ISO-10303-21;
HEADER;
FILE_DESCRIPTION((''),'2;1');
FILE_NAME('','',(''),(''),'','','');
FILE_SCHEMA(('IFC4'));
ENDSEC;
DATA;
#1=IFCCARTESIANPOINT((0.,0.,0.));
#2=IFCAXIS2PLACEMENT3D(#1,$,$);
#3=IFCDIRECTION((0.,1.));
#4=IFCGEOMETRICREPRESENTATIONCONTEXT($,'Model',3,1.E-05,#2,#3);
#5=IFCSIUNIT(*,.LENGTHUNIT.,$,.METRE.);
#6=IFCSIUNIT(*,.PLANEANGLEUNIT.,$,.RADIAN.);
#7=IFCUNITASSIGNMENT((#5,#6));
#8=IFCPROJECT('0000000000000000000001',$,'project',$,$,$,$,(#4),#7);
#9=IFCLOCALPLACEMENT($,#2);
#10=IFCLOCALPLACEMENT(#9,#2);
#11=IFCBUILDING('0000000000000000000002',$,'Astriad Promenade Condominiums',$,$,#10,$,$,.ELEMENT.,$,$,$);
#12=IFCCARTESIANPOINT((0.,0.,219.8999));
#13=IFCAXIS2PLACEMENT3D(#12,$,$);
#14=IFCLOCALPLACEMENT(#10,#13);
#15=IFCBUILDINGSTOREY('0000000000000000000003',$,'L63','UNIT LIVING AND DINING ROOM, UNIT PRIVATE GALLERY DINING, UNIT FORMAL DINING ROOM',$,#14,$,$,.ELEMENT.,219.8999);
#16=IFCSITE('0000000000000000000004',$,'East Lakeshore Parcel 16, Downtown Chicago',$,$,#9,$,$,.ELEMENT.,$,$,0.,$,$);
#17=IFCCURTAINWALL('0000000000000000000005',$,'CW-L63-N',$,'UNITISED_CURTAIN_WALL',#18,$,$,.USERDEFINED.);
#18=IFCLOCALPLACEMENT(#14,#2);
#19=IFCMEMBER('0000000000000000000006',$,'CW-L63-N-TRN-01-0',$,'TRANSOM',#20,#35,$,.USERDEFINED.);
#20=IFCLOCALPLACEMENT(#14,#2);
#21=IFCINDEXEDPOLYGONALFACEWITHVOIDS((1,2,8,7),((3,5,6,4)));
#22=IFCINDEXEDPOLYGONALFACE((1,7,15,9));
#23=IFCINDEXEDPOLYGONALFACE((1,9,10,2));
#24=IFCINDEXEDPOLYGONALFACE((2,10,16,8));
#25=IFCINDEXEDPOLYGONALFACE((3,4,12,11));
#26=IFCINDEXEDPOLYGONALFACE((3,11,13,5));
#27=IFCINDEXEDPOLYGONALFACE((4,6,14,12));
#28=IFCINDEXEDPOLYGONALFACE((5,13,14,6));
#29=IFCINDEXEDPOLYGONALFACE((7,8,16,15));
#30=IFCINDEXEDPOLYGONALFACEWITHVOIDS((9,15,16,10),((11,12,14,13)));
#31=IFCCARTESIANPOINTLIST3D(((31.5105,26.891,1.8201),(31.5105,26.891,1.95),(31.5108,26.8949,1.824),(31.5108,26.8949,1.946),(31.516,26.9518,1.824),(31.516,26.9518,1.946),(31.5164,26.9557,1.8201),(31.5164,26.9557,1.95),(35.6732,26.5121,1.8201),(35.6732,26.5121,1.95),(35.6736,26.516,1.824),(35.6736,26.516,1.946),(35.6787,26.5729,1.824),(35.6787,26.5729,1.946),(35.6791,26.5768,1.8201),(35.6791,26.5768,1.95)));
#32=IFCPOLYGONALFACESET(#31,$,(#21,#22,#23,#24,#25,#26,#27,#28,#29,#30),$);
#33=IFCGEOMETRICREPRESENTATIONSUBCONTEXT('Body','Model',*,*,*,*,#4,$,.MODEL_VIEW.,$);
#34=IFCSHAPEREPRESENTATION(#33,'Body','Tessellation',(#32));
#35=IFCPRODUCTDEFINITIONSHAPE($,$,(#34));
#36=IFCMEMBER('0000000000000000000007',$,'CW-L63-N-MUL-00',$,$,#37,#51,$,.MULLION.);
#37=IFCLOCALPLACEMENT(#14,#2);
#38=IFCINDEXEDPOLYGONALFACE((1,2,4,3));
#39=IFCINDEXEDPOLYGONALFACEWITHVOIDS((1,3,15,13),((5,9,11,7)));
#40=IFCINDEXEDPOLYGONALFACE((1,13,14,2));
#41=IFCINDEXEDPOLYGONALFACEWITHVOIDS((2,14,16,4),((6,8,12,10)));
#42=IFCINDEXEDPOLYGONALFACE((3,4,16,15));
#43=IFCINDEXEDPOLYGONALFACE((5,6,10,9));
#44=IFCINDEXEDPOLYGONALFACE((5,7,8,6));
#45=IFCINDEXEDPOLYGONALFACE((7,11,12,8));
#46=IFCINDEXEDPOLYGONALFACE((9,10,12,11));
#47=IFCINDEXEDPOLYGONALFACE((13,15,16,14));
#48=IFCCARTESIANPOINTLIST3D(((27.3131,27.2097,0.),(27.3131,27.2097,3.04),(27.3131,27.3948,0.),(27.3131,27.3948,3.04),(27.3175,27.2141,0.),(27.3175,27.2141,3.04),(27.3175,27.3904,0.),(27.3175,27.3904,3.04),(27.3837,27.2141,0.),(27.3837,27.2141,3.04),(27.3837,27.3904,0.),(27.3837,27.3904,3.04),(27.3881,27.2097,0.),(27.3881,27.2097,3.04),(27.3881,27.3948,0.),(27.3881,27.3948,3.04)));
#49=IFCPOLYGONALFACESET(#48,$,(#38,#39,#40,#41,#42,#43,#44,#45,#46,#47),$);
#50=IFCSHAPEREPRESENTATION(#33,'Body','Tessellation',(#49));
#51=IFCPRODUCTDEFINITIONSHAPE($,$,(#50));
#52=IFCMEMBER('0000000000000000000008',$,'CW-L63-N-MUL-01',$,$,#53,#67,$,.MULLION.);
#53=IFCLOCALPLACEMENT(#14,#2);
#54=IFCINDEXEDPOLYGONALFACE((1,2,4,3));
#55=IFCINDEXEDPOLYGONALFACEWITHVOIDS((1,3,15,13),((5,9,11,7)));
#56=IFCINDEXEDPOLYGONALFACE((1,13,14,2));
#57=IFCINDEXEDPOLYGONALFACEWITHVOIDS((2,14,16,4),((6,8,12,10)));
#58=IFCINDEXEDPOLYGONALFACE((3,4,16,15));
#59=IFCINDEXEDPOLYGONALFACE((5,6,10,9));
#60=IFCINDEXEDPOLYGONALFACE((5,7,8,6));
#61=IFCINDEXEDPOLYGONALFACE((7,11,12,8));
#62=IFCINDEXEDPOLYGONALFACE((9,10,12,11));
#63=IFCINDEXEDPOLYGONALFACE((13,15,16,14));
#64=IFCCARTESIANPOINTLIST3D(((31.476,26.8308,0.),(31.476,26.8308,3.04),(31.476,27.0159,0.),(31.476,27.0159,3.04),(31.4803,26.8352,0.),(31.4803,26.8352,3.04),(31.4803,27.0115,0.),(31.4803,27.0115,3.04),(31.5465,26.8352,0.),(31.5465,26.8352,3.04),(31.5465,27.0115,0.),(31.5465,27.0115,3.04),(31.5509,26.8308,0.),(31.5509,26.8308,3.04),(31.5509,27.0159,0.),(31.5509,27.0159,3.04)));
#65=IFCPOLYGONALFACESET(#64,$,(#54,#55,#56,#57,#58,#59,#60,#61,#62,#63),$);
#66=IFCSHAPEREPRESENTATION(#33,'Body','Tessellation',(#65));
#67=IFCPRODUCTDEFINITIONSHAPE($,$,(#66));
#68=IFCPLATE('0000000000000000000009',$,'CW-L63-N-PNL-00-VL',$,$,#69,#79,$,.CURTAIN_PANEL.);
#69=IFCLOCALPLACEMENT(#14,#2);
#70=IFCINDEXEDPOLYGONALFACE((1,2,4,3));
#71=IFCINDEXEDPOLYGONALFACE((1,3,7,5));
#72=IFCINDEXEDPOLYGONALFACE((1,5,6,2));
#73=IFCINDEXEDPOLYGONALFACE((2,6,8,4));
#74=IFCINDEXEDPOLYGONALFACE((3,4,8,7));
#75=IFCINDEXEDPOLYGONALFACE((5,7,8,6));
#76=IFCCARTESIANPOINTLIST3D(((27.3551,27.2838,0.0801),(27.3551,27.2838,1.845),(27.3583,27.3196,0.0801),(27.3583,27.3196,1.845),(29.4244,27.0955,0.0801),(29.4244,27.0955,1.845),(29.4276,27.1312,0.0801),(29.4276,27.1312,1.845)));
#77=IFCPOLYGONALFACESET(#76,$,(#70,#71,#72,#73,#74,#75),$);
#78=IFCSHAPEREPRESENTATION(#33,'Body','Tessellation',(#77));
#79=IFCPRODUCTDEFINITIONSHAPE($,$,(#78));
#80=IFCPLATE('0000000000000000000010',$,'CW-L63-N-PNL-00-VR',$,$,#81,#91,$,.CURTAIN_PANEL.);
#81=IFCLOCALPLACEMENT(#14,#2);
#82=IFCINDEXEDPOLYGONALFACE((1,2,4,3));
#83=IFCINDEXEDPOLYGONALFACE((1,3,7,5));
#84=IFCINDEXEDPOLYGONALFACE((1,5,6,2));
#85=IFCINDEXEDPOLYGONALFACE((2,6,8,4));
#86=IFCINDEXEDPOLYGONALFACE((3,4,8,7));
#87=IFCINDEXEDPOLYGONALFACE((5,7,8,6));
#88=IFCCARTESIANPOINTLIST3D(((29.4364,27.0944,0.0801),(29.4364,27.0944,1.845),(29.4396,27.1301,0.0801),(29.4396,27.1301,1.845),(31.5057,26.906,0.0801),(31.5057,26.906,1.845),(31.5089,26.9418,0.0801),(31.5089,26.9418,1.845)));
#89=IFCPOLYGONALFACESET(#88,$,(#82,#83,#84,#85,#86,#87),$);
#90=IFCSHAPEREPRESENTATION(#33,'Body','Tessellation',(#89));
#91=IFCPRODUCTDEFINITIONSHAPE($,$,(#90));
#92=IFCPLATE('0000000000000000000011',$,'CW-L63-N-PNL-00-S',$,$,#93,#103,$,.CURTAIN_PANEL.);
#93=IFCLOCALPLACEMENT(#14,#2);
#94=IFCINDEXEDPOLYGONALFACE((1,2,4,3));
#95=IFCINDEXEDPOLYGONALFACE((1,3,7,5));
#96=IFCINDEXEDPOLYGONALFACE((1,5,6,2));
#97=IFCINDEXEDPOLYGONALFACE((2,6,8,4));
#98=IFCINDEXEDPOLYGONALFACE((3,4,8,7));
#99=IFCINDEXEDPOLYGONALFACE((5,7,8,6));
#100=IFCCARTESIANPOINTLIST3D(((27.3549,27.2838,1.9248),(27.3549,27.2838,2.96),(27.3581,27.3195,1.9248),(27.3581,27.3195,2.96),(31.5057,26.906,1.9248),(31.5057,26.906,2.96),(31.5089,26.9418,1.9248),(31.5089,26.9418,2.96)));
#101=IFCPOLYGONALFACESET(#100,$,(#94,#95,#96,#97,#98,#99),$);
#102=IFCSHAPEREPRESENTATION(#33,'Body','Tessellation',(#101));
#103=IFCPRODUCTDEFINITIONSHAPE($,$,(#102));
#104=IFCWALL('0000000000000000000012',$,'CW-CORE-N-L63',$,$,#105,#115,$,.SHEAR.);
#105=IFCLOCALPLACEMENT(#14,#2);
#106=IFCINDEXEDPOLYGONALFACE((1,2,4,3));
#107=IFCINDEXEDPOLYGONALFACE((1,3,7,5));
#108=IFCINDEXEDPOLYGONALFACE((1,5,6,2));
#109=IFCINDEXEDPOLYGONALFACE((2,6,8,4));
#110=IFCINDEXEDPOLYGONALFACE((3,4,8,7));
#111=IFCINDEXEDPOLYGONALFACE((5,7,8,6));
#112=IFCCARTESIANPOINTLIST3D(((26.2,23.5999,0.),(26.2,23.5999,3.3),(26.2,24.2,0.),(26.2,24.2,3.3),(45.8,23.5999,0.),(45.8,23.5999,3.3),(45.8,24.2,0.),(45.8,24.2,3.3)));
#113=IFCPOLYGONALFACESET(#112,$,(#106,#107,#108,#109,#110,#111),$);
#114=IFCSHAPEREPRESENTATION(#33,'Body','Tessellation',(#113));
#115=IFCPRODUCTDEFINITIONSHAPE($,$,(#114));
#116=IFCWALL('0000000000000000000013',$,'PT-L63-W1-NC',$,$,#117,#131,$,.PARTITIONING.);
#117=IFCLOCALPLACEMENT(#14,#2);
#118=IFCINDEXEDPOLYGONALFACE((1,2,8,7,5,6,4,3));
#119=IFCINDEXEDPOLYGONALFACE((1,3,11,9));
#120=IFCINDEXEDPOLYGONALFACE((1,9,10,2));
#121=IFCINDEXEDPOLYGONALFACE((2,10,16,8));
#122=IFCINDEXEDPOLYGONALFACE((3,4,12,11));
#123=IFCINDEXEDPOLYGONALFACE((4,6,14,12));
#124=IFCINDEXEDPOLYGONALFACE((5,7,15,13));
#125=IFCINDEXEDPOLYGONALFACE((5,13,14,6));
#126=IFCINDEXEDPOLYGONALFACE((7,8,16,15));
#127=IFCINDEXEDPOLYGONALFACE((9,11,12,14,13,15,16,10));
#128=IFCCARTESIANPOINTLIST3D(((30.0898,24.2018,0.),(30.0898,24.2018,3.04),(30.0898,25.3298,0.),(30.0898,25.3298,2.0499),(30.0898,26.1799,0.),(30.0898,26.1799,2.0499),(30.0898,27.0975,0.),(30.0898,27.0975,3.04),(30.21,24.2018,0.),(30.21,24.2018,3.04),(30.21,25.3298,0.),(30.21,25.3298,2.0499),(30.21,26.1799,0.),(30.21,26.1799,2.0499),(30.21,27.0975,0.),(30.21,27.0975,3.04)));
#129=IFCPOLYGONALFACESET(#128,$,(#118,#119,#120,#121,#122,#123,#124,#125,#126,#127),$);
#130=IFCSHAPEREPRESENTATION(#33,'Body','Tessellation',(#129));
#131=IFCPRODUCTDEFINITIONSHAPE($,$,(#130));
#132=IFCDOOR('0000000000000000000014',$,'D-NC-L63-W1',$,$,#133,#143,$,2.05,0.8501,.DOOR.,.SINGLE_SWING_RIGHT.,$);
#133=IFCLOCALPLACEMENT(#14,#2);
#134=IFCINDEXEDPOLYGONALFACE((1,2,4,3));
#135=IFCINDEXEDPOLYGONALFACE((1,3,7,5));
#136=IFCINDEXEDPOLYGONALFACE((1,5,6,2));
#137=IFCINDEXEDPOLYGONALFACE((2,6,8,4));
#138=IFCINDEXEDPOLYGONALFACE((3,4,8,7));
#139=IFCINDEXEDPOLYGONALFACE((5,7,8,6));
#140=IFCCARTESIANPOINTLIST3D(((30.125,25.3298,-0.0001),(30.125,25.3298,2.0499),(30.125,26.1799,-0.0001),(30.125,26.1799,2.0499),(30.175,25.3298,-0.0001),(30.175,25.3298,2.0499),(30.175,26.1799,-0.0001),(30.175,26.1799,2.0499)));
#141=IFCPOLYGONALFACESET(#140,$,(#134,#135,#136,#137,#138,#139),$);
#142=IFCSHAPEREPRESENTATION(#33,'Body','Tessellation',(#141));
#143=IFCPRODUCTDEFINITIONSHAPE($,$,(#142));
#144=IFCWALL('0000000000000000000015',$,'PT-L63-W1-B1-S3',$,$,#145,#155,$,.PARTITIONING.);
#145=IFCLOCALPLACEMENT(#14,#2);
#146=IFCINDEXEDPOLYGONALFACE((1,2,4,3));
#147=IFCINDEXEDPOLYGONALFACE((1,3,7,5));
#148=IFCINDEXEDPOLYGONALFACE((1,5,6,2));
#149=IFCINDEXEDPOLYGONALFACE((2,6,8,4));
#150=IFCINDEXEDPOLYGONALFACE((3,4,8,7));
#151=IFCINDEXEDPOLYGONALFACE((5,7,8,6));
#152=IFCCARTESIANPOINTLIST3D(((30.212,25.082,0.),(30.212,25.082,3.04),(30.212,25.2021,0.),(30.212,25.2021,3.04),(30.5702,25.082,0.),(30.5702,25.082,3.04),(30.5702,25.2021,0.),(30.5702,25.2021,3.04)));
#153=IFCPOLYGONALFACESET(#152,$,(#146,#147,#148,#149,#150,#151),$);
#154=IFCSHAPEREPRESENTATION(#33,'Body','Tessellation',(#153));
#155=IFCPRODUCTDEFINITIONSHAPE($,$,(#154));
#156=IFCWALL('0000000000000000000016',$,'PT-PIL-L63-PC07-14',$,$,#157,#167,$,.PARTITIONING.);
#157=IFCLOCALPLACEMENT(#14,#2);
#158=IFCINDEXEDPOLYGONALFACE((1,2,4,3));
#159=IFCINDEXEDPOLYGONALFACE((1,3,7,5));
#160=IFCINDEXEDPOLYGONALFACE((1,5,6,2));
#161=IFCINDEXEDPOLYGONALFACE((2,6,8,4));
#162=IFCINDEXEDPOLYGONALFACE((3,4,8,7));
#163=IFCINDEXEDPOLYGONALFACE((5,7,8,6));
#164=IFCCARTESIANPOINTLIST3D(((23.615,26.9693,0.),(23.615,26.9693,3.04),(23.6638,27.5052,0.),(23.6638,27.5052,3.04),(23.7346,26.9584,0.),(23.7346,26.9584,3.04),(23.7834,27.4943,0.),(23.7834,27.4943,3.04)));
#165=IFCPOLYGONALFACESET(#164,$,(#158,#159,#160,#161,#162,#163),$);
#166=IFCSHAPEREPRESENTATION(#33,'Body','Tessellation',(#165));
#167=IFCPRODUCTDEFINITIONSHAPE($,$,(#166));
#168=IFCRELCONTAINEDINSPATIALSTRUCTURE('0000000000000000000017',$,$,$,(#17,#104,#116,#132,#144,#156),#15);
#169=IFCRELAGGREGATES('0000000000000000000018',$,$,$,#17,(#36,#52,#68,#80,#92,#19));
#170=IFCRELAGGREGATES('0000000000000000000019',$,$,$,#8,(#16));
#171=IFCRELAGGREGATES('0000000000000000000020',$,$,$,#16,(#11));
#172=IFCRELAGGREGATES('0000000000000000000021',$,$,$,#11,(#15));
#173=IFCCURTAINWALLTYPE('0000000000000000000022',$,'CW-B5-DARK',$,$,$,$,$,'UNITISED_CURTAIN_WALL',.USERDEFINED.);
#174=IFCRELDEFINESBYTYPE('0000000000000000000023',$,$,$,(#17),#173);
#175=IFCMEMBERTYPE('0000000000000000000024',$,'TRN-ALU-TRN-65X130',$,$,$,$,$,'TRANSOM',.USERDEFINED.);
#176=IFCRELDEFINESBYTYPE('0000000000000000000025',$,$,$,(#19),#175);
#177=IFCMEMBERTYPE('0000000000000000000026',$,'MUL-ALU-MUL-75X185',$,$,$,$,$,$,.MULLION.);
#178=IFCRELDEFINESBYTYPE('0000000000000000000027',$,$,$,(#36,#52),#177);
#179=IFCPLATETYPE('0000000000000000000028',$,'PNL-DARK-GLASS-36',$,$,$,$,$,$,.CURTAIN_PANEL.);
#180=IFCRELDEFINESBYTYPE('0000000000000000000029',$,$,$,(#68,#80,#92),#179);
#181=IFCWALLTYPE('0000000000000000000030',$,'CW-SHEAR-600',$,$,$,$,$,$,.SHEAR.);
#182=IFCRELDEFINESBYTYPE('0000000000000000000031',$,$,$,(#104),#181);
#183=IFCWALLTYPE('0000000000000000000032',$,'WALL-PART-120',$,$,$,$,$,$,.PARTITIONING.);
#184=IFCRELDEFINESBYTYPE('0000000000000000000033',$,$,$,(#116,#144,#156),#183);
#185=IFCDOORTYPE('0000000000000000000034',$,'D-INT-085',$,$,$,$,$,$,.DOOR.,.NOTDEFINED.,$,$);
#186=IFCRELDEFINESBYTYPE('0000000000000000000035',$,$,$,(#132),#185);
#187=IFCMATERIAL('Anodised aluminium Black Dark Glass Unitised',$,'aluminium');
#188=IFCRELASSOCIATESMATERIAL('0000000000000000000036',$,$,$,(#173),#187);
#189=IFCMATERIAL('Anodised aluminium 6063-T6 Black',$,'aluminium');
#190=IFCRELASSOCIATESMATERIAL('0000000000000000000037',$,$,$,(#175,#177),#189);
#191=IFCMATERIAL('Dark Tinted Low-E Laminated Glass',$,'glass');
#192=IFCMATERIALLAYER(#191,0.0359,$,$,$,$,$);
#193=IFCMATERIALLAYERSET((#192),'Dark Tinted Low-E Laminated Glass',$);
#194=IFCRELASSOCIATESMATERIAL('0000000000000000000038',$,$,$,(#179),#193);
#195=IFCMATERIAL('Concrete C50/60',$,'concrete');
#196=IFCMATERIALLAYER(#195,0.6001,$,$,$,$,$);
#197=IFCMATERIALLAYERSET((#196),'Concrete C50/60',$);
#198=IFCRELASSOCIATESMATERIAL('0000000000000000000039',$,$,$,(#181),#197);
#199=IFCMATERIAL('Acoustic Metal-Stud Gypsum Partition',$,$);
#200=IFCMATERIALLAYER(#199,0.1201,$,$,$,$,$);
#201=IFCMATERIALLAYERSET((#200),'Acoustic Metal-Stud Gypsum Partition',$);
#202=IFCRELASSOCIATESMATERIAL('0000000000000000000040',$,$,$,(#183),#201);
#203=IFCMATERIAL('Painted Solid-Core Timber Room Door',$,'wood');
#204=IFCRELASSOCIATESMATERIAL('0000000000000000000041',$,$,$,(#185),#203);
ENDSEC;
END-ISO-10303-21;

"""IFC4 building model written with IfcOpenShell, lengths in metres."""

from ifc_helpers import new_model, si_unit, direction, frame, frame_2d, origin, origin_2d, place, context, subcontext, project, spatial, rectangle, hollow_rectangle, extrude, source, transform, mapped, material, layer, layer_set, material_profile, profile_set, type_object, type_shapes, element, fill, aggregate, save


model = new_model("IFC4")

# Units and contexts
model_context = context("Model", 3, precision=1e-05, world=origin(), true_north=direction((0.0, 1.0)))
body_context = subcontext(model_context, "Body", "Model", "MODEL_VIEW")
ifc_project = project(units=[si_unit("LENGTHUNIT", "METRE"), si_unit("PLANEANGLEUNIT", "RADIAN")], contexts=[model_context])

# Site, building, storey
site_placement = place(None, origin())
site = spatial("IfcSite", under=ifc_project, at=site_placement, Name="East Lakeshore Parcel 16, Downtown Chicago", CompositionType="ELEMENT", RefElevation=0.0)
building_placement = place(site_placement, origin())
building = spatial("IfcBuilding", under=site, at=building_placement, Name="Astriad Promenade Condominiums", CompositionType="ELEMENT")
storey_placement = place(building_placement, frame((0.0, 0.0, 219.8999)))
storey = spatial("IfcBuildingStorey", under=building, at=storey_placement, Name="L63", Description="UNIT LIVING AND DINING ROOM, UNIT PRIVATE GALLERY DINING, UNIT FORMAL DINING ROOM", CompositionType="ELEMENT", Elevation=219.8999)

# Shared definitions
ifc_material_1 = material(Name="Concrete C50/60", Category="concrete")

# Curtain wall, members, plates
ifc_material_2 = material(Name="Anodised aluminium Black Dark Glass Unitised", Category="aluminium")
curtain_wall_type = type_object("IfcCurtainWallType", Name="CW-B5-DARK", ElementType="UNITISED_CURTAIN_WALL", PredefinedType="USERDEFINED", material=ifc_material_2)
curtain_wall_placement = place(storey_placement, origin())
curtain_wall = element("IfcCurtainWall", 1, at=curtain_wall_placement, inside=storey, type_object=curtain_wall_type, Name="CW-L63-N", ObjectType="UNITISED_CURTAIN_WALL", PredefinedType="USERDEFINED")
ifc_material_3 = material(Name="Anodised aluminium 6063-T6 Black", Category="aluminium")
ifc_material_profile_1 = material_profile(ifc_material_3, hollow_rectangle(XDim=0.0649, YDim=0.1299, WallThickness=0.0039, at=origin_2d()), Name="ALU-TRN-65X130")
ifc_profile_set_1 = profile_set([ifc_material_profile_1], Name="Anodised aluminium 6063-T6 Black")
member_type_1 = type_object("IfcMemberType", Name="TRN-ALU-TRN-65X130", ElementType="TRANSOM", PredefinedType="USERDEFINED", material=ifc_profile_set_1)
shared_shape_1 = source(origin(), body_context, "Body", "SweptSolid", [
    extrude(hollow_rectangle(XDim=0.0649, YDim=0.1299, WallThickness=0.0039, at=origin_2d()), origin(), (0.0, 0.0, 1.0), 4.1799),
])
type_shapes(member_type_1, [shared_shape_1])
member_1_placement = place(storey_placement, frame((31.5134, 26.9233, 1.885), z_axis=(0.995883, -0.090646, 0.0), x_axis=(0.090646, 0.995883, 0.0)))
member_1 = element("IfcMember", 2, at=member_1_placement, type_object=member_type_1, Name="CW-L63-N-TRN-01-0", ObjectType="TRANSOM", PredefinedType="USERDEFINED", context=body_context, shape_type="MappedRepresentation", body=[
    mapped(shared_shape_1, transform((0.0, 0.0, 0.0), scale=1.0)),
])
ifc_material_profile_2 = material_profile(ifc_material_3, hollow_rectangle(XDim=0.075, YDim=0.1851, WallThickness=0.0044, at=origin_2d()), Name="ALU-MUL-75X185")
ifc_profile_set_2 = profile_set([ifc_material_profile_2], Name="Anodised aluminium 6063-T6 Black")
member_type_2 = type_object("IfcMemberType", Name="MUL-ALU-MUL-75X185", PredefinedType="MULLION", material=ifc_profile_set_2)
shared_shape_2 = source(origin(), body_context, "Body", "SweptSolid", [
    extrude(hollow_rectangle(XDim=0.075, YDim=0.1851, WallThickness=0.0044, at=origin_2d()), origin(), (0.0, 0.0, 1.0), 3.04),
])
type_shapes(member_type_2, [shared_shape_2])
member_2_placement = place(storey_placement, frame((27.3506, 27.3022, 0.0), z_axis=(0.0, 0.0, 1.0), x_axis=(1.0, 0.0, 0.0)))
member_2 = element("IfcMember", 3, at=member_2_placement, type_object=member_type_2, Name="CW-L63-N-MUL-00", PredefinedType="MULLION", context=body_context, shape_type="MappedRepresentation", body=[
    mapped(shared_shape_2, transform((0.0, 0.0, 0.0), scale=1.0)),
])
member_3_placement = place(storey_placement, frame((31.5134, 26.9233, 0.0), z_axis=(0.0, 0.0, 1.0), x_axis=(1.0, 0.0, 0.0)))
member_3 = element("IfcMember", 4, at=member_3_placement, type_object=member_type_2, Name="CW-L63-N-MUL-01", PredefinedType="MULLION", context=body_context, shape_type="MappedRepresentation", body=[
    mapped(shared_shape_2, transform((0.0, 0.0, 0.0), scale=1.0)),
])
ifc_material_4 = material(Name="Dark Tinted Low-E Laminated Glass", Category="glass")
ifc_layer_1 = layer(ifc_material_4, 0.0359)
ifc_layer_set_1 = layer_set([ifc_layer_1], Name="Dark Tinted Low-E Laminated Glass")
plate_type = type_object("IfcPlateType", Name="PNL-DARK-GLASS-36", PredefinedType="CURTAIN_PANEL", material=ifc_layer_set_1)
shared_shape_3 = source(origin(), body_context, "Body", "SweptSolid", [
    extrude(rectangle(XDim=2.0779, YDim=0.0359, at=origin_2d()), origin(), (0.0, 0.0, 1.0), 1.7649),
])
plate_1_placement = place(storey_placement, frame((28.3914, 27.2075, 0.0801), z_axis=(0.0, 0.0, 1.0), x_axis=(0.995884, -0.090633, 0.0)))
plate_1 = element("IfcPlate", 5, at=plate_1_placement, type_object=plate_type, Name="CW-L63-N-PNL-00-VL", PredefinedType="CURTAIN_PANEL", context=body_context, shape_type="MappedRepresentation", body=[
    mapped(shared_shape_3, transform((0.0, 0.0, 0.0), scale=1.0)),
])
plate_2_placement = place(storey_placement, frame((30.4727, 27.0181, 0.0801), z_axis=(0.0, 0.0, 1.0), x_axis=(0.995884, -0.090633, 0.0)))
plate_2 = element("IfcPlate", 6, at=plate_2_placement, type_object=plate_type, Name="CW-L63-N-PNL-00-VR", PredefinedType="CURTAIN_PANEL", context=body_context, shape_type="MappedRepresentation", body=[
    mapped(shared_shape_3, transform((0.0, 0.0, 0.0), scale=1.0)),
])
shared_shape_4 = source(origin(), body_context, "Body", "SweptSolid", [
    extrude(rectangle(XDim=4.168, YDim=0.0359, at=origin_2d()), origin(), (0.0, 0.0, 1.0), 1.0352),
])
type_shapes(plate_type, [shared_shape_3, shared_shape_4])
plate_3_placement = place(storey_placement, frame((29.4319, 27.1128, 1.9248), z_axis=(0.0, 0.0, 1.0), x_axis=(0.995884, -0.090633, 0.0)))
plate_3 = element("IfcPlate", 7, at=plate_3_placement, type_object=plate_type, Name="CW-L63-N-PNL-00-S", PredefinedType="CURTAIN_PANEL", context=body_context, shape_type="MappedRepresentation", body=[
    mapped(shared_shape_4, transform((0.0, 0.0, 0.0), scale=1.0)),
])
aggregate(curtain_wall, [member_2, member_3, plate_1, plate_2, plate_3, member_1])

# Wall
ifc_layer_2 = layer(ifc_material_1, 0.6001)
ifc_layer_set_2 = layer_set([ifc_layer_2], Name="Concrete C50/60")
wall_type_1 = type_object("IfcWallType", Name="CW-SHEAR-600", PredefinedType="SHEAR", material=ifc_layer_set_2)
wall_1_placement = place(storey_placement, frame((26.2, 23.8999, 0.0), z_axis=(0.0, 0.0, 1.0), x_axis=(1.0, 0.0, 0.0)))
element("IfcWall", 8, at=wall_1_placement, inside=storey, type_object=wall_type_1, Name="CW-CORE-N-L63", PredefinedType="SHEAR", context=body_context, shape_type="SweptSolid", body=[
    extrude(rectangle(XDim=19.6001, YDim=0.6001, at=frame_2d((9.8, 0.0))), origin(), (0.0, 0.0, 1.0), 3.3),
])

# Wall, opening, door
ifc_material_5 = material(Name="Acoustic Metal-Stud Gypsum Partition")
ifc_layer_3 = layer(ifc_material_5, 0.1201)
ifc_layer_set_3 = layer_set([ifc_layer_3], Name="Acoustic Metal-Stud Gypsum Partition")
wall_type_2 = type_object("IfcWallType", Name="WALL-PART-120", PredefinedType="PARTITIONING", material=ifc_layer_set_3)
wall_2_placement = place(storey_placement, frame((30.1499, 24.2019, 0.0), z_axis=(0.0, 0.0, 1.0), x_axis=(0.0, 1.0, 0.0)))
wall_2 = element("IfcWall", 9, at=wall_2_placement, inside=storey, type_object=wall_type_2, Name="PT-L63-W1-NC", PredefinedType="PARTITIONING", context=body_context, shape_type="SweptSolid", body=[
    extrude(rectangle(XDim=2.8958, YDim=0.1201, at=frame_2d((1.4478, 0.0))), origin(), (0.0, 0.0, 1.0), 3.04),
])
opening_placement = place(wall_2_placement, frame((1.1279, 0.0, 0.0)))
opening = element("IfcOpeningElement", 10, at=opening_placement, cuts=wall_2, PredefinedType="OPENING", context=body_context, shape_type="SweptSolid", body=[
    extrude(rectangle(XDim=0.8501, YDim=2.05, at=frame_2d((0.425, 1.0249))), frame((0.0, 0.0701, 0.0), z_axis=(0.0, -1.0, 0.0), x_axis=(1.0, 0.0, 0.0)), (0.0, 0.0, 1.0), 0.1401),
])
ifc_material_6 = material(Name="Painted Solid-Core Timber Room Door", Category="wood")
door_type = type_object("IfcDoorType", Name="D-INT-085", OperationType="NOTDEFINED", PredefinedType="DOOR", material=ifc_material_6)
shared_shape_5 = source(origin(), body_context, "Body", "SweptSolid", [
    extrude(rectangle(XDim=0.8501, YDim=2.05, at=frame_2d((0.425, 1.0249))), frame((0.0, 0.0249, 0.0), z_axis=(0.0, -1.0, 0.0), x_axis=(1.0, 0.0, 0.0)), (0.0, 0.0, 1.0), 0.05),
])
type_shapes(door_type, [shared_shape_5])
door_placement = place(opening_placement, origin())
door = element("IfcDoor", 11, at=door_placement, inside=storey, type_object=door_type, Name="D-NC-L63-W1", OperationType="SINGLE_SWING_RIGHT", OverallHeight=2.05, OverallWidth=0.8501, PredefinedType="DOOR", context=body_context, shape_type="MappedRepresentation", body=[
    mapped(shared_shape_5, transform((0.0, 0.0, 0.0), scale=1.0)),
])
fill(opening, door)

# Walls
wall_3_placement = place(storey_placement, frame((30.2119, 25.1421, 0.0), z_axis=(0.0, 0.0, 1.0), x_axis=(1.0, 0.0, 0.0)))
element("IfcWall", 12, at=wall_3_placement, inside=storey, type_object=wall_type_2, Name="PT-L63-W1-B1-S3", PredefinedType="PARTITIONING", context=body_context, shape_type="SweptSolid", body=[
    extrude(rectangle(XDim=0.3582, YDim=0.1201, at=frame_2d((0.1792, 0.0))), origin(), (0.0, 0.0, 1.0), 3.04),
])
wall_4_placement = place(storey_placement, frame((23.6748, 26.9639, 0.0), z_axis=(0.0, 0.0, 1.0), x_axis=(0.09074, 0.995875, 0.0)))
element("IfcWall", 13, at=wall_4_placement, inside=storey, type_object=wall_type_2, Name="PT-PIL-L63-PC07-14", PredefinedType="PARTITIONING", context=body_context, shape_type="SweptSolid", body=[
    extrude(rectangle(XDim=0.5381, YDim=0.1201, at=frame_2d((0.269, 0.0))), origin(), (0.0, 0.0, 1.0), 3.04),
])

save(model, "model.ifc")
